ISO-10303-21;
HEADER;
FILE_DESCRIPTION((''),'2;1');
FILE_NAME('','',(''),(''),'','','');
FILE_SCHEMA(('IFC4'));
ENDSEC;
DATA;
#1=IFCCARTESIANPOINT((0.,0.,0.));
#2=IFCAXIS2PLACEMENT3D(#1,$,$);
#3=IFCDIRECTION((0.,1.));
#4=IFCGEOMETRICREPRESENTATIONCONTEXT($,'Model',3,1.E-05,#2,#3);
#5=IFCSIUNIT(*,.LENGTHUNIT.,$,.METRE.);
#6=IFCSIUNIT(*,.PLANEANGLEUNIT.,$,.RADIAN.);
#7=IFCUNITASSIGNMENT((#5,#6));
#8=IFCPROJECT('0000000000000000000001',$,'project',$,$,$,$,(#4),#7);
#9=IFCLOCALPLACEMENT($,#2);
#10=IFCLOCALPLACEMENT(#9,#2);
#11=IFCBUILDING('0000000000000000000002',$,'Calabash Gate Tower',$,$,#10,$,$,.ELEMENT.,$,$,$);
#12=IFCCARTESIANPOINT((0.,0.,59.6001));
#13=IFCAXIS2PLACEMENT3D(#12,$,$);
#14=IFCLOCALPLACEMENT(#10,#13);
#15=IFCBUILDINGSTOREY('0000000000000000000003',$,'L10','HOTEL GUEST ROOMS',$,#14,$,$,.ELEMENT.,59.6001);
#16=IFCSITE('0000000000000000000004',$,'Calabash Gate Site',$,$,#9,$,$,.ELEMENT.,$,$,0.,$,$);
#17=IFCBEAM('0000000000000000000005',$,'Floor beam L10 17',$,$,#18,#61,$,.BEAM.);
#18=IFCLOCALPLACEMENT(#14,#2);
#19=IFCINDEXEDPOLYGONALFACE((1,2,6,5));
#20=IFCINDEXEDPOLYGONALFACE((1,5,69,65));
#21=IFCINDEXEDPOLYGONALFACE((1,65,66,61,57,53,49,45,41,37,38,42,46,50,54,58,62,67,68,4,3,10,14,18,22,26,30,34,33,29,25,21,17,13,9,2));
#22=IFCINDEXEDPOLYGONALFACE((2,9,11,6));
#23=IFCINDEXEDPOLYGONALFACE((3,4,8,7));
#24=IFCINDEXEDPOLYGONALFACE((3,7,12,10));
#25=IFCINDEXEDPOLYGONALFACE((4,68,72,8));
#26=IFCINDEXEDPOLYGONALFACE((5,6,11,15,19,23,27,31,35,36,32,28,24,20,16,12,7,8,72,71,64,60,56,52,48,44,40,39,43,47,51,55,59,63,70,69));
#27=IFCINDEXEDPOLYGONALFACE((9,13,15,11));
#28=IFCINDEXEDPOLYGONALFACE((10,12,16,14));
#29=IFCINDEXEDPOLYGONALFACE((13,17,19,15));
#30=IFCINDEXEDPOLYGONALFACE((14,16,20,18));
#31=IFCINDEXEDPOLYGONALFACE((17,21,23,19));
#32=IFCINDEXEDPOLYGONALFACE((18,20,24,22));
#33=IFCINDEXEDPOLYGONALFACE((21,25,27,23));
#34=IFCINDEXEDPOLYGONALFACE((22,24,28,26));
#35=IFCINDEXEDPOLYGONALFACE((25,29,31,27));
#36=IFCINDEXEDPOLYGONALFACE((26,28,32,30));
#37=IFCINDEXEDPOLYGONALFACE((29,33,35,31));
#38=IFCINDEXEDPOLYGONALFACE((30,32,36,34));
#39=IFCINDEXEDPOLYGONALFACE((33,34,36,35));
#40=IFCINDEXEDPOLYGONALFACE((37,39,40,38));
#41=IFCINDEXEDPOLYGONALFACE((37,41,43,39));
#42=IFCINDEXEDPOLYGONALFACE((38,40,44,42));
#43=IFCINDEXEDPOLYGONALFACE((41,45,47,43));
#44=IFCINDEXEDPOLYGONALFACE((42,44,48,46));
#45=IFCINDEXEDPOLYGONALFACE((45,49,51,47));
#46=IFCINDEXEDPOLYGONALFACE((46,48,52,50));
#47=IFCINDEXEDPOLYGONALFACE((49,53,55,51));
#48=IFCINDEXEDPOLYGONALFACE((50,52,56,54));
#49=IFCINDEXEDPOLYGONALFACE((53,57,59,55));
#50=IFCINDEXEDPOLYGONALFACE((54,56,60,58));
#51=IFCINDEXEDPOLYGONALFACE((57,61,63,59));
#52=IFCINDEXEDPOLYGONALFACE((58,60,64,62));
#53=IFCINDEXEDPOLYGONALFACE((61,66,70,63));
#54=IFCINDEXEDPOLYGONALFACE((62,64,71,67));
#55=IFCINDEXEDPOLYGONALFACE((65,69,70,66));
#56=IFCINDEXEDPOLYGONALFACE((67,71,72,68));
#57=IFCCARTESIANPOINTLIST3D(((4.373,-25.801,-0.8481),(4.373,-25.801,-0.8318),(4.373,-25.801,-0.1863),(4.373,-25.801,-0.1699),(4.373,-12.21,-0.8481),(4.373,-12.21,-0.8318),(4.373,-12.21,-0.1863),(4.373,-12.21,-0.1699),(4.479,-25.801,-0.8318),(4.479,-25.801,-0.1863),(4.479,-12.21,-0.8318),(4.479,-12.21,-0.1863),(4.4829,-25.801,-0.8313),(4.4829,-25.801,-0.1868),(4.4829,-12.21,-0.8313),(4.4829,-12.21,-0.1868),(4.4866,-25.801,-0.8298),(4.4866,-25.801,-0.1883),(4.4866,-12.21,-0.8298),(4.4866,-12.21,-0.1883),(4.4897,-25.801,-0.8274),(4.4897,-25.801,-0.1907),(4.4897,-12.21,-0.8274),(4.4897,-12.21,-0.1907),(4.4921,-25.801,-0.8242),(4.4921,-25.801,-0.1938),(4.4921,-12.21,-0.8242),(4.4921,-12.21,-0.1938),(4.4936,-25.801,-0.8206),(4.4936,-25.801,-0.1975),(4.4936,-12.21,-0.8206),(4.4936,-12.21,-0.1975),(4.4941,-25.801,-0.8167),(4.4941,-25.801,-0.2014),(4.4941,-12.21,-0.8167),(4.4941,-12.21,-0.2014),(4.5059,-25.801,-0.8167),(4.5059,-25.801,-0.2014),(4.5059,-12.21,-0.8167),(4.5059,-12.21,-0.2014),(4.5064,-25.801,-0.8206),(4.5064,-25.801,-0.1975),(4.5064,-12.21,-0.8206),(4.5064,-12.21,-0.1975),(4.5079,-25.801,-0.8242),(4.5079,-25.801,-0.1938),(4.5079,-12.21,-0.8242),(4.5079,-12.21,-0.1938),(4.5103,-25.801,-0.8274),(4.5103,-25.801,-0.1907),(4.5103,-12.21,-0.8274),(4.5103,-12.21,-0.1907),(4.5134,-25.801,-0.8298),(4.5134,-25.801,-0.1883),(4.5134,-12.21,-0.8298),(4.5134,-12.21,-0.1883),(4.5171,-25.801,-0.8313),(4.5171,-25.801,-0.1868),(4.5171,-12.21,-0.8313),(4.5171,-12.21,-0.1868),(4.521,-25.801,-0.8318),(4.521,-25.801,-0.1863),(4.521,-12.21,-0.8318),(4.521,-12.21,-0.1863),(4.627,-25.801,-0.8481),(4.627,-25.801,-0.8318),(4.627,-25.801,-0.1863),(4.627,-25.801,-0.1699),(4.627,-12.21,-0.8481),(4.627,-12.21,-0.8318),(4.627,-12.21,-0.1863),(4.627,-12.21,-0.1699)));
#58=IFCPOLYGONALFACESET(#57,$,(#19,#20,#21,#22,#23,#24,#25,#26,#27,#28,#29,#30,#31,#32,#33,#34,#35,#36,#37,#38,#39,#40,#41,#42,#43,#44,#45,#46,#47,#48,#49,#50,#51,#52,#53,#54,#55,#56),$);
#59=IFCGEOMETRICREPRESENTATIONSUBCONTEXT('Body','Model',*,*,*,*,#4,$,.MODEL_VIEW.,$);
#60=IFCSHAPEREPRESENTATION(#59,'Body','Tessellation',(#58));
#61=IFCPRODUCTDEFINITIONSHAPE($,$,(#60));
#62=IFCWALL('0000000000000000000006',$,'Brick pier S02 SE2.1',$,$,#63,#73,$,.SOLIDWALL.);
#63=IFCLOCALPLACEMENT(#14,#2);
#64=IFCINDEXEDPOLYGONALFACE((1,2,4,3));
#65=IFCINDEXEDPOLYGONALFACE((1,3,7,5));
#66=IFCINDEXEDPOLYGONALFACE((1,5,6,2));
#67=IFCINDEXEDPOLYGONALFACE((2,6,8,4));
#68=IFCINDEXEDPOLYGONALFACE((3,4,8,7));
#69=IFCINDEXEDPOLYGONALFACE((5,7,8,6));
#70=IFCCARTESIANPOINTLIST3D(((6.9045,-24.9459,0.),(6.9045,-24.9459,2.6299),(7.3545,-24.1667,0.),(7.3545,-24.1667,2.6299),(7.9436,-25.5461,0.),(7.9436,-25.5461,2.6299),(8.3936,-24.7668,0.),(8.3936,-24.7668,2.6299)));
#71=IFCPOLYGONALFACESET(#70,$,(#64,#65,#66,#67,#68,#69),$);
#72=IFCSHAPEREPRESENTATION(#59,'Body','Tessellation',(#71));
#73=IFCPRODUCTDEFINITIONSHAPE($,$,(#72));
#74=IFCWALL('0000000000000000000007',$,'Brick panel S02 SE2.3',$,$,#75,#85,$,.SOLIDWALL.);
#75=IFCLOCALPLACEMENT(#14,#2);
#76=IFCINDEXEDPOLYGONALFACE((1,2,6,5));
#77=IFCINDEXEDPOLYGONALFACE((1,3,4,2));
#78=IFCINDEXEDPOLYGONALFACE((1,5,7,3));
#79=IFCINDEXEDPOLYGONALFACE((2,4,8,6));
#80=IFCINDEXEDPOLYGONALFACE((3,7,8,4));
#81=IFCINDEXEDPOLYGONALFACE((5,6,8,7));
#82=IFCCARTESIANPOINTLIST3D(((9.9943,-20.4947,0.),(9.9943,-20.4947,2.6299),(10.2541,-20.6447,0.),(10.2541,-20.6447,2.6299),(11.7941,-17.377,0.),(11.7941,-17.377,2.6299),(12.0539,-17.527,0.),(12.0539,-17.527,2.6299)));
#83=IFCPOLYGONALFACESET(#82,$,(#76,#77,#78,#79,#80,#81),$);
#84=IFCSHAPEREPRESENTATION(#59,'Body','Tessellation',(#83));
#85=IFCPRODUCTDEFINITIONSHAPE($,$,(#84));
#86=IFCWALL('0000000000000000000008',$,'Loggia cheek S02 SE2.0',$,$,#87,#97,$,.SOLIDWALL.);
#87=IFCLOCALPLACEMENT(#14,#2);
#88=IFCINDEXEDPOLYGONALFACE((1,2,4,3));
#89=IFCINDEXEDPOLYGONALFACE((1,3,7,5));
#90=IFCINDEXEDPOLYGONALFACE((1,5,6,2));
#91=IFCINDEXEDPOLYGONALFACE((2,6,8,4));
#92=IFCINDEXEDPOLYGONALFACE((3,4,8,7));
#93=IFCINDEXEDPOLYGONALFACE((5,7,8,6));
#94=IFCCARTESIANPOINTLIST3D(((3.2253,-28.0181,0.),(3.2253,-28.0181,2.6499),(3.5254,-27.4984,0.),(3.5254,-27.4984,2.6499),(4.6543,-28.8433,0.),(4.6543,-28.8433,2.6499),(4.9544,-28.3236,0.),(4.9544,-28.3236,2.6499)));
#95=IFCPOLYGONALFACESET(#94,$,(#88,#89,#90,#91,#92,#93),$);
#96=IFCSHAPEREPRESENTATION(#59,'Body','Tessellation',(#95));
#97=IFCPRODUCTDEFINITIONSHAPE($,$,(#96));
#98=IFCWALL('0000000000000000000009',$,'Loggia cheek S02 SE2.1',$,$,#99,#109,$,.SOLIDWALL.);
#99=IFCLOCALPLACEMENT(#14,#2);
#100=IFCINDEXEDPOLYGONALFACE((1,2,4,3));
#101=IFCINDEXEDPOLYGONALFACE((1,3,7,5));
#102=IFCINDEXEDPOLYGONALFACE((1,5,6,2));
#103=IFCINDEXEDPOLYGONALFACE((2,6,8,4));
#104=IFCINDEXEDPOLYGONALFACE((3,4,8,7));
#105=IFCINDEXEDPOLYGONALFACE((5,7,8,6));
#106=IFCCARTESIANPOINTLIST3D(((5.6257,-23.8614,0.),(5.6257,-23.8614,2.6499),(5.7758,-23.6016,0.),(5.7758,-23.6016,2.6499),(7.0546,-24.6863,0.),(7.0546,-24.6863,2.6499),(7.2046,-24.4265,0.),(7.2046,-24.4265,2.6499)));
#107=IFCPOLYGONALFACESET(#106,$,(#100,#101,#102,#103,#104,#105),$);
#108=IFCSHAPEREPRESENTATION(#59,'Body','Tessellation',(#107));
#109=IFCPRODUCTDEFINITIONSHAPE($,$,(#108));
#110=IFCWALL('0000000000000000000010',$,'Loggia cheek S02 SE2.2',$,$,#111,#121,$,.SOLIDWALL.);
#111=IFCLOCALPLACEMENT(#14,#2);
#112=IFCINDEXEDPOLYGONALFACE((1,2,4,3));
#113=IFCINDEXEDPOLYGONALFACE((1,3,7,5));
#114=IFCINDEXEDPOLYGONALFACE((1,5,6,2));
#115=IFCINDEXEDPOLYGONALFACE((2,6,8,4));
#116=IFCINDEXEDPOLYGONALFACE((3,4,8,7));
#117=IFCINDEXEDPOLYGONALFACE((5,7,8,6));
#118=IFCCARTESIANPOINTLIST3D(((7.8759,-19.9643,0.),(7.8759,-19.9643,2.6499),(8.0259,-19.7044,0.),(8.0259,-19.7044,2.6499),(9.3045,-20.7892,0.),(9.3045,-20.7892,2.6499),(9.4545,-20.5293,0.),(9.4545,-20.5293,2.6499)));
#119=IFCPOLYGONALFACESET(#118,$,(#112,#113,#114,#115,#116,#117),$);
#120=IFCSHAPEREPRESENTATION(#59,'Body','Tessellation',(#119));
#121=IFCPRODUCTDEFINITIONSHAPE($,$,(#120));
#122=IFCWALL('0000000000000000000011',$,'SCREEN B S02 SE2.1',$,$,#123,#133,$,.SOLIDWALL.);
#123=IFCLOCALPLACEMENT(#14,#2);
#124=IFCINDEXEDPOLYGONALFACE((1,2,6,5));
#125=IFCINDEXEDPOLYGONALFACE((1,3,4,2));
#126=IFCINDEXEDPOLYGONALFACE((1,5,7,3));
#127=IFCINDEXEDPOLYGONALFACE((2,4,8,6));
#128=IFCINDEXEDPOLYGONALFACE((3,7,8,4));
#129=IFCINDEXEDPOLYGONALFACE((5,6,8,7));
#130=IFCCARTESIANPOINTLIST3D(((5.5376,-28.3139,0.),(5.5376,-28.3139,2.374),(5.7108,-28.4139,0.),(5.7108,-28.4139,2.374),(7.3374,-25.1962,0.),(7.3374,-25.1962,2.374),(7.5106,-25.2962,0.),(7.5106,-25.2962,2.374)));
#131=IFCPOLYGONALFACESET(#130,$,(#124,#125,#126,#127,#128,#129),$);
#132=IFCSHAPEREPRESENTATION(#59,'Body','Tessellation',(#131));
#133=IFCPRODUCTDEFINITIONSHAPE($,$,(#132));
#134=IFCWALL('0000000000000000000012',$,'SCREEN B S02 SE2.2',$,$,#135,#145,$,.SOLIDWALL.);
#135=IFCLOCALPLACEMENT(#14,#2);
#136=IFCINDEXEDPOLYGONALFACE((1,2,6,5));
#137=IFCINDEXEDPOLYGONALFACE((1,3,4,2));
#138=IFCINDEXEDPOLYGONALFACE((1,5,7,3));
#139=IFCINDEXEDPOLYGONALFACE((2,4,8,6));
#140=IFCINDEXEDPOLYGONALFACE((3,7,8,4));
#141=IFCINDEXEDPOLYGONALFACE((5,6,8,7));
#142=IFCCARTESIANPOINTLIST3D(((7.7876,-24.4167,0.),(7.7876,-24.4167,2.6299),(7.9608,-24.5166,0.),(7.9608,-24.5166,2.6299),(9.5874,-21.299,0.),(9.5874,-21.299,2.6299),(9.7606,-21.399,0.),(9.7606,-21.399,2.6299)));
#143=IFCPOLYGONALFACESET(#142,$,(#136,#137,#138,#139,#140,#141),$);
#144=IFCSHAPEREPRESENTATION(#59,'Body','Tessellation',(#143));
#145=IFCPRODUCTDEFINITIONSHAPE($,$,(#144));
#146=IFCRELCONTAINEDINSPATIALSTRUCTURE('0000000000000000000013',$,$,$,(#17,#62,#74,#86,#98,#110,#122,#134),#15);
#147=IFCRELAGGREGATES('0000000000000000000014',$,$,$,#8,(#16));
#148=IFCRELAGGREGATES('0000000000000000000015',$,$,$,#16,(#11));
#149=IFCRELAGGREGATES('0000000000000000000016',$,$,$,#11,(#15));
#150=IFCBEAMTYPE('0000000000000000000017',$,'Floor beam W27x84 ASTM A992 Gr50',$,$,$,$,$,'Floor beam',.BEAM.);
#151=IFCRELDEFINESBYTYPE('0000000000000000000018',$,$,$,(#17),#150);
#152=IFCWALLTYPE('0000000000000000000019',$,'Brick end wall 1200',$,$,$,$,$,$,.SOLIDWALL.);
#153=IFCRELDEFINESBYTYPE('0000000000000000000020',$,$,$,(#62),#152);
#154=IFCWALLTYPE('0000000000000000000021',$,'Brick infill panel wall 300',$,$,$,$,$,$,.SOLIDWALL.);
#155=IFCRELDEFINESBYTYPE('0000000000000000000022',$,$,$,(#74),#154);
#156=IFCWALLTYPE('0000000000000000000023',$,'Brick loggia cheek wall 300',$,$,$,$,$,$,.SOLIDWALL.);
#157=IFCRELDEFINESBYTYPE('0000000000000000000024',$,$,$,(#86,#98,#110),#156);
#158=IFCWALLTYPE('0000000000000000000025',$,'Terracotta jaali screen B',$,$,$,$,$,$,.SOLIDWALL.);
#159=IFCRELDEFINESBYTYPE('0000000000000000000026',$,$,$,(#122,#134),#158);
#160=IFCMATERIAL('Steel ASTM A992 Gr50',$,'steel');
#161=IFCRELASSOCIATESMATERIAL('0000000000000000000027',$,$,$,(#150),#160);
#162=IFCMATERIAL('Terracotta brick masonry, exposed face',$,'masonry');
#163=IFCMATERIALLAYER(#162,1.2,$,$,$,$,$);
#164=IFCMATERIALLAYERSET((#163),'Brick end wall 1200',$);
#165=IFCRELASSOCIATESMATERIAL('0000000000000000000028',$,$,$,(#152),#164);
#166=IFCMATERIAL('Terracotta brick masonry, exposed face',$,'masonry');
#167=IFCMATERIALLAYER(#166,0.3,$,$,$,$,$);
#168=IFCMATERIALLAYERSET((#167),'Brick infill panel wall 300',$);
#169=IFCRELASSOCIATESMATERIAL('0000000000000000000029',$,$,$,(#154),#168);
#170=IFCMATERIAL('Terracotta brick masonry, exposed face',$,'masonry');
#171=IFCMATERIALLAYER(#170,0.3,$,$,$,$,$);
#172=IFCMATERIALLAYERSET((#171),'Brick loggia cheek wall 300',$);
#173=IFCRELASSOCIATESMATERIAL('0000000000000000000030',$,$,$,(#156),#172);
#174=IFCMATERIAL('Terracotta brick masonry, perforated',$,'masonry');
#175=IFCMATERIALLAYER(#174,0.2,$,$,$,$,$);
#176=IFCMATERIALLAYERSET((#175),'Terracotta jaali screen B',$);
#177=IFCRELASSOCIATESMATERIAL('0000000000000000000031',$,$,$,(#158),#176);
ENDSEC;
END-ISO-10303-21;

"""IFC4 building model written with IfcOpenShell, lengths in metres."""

from ifc_helpers import new_model, si_unit, direction, frame, frame_2d, origin, origin_2d, place, context, subcontext, project, spatial, rectangle, i_section, extrude, material, layer, layer_set, material_profile, profile_set, type_object, element, save


model = new_model("IFC4")

# Units and contexts
model_context = context("Model", 3, precision=1e-05, world=origin(), true_north=direction((0.0, 1.0)))
body_context = subcontext(model_context, "Body", "Model", "MODEL_VIEW")
ifc_project = project(units=[si_unit("LENGTHUNIT", "METRE"), si_unit("PLANEANGLEUNIT", "RADIAN")], contexts=[model_context])

# Site, building, storey
site_placement = place(None, origin())
site = spatial("IfcSite", under=ifc_project, at=site_placement, Name="Calabash Gate Site", CompositionType="ELEMENT", RefElevation=0.0)
building_placement = place(site_placement, origin())
building = spatial("IfcBuilding", under=site, at=building_placement, Name="Calabash Gate Tower", CompositionType="ELEMENT")
storey_placement = place(building_placement, frame((0.0, 0.0, 59.6001)))
storey = spatial("IfcBuildingStorey", under=building, at=storey_placement, Name="L10", Description="HOTEL GUEST ROOMS", CompositionType="ELEMENT", Elevation=59.6001)

# Beam
ifc_material_1 = material(Name="Steel ASTM A992 Gr50", Category="steel")
ifc_material_profile_1 = material_profile(ifc_material_1, i_section(OverallWidth=0.2539, OverallDepth=0.6782, WebThickness=0.0117, FlangeThickness=0.0164, FilletRadius=0.0151, at=origin_2d()))
ifc_profile_set_1 = profile_set([ifc_material_profile_1], Name="Steel ASTM A992 Gr50")
beam_type_1 = type_object("IfcBeamType", Name="Floor beam W27x84 ASTM A992 Gr50", ElementType="Floor beam", PredefinedType="BEAM", material=ifc_profile_set_1)
beam_1_placement = place(storey_placement, frame((4.5, -25.801, -0.509), z_axis=(0.0, 1.0, 0.0), x_axis=(-1.0, 0.0, 0.0)))
element("IfcBeam", 1, at=beam_1_placement, inside=storey, type_object=beam_type_1, Name="Floor beam L10 17", PredefinedType="BEAM", context=body_context, shape_type="SweptSolid", body=[
    extrude(i_section(OverallWidth=0.2539, OverallDepth=0.6782, WebThickness=0.0117, FlangeThickness=0.0164, FilletRadius=0.0151, at=origin_2d()), origin(), (0.0, 0.0, 1.0), 13.5911),
])

# Walls
ifc_material_2 = material(Name="Terracotta brick masonry, exposed face", Category="masonry")
ifc_layer_1 = layer(ifc_material_2, 1.2)
ifc_layer_set_1 = layer_set([ifc_layer_1], Name="Brick end wall 1200")
wall_type_1 = type_object("IfcWallType", Name="Brick end wall 1200", PredefinedType="SOLIDWALL", material=ifc_layer_set_1)
wall_1_placement = place(storey_placement, frame((8.1687, -25.1565, 0.0), z_axis=(0.0, 0.0, 1.0), x_axis=(-0.865955, 0.500122, 0.0)))
element("IfcWall", 2, at=wall_1_placement, inside=storey, type_object=wall_type_1, Name="Brick pier S02 SE2.1", PredefinedType="SOLIDWALL", context=body_context, shape_type="SweptSolid", body=[
    extrude(rectangle(XDim=1.2, YDim=0.8999, at=frame_2d((0.6001, 0.0))), origin(), (0.0, 0.0, 1.0), 2.6299),
])
ifc_material_3 = material(Name="Terracotta brick masonry, exposed face", Category="masonry")
ifc_layer_2 = layer(ifc_material_3, 0.3)
ifc_layer_set_2 = layer_set([ifc_layer_2], Name="Brick infill panel wall 300")
wall_type_2 = type_object("IfcWallType", Name="Brick infill panel wall 300", PredefinedType="SOLIDWALL", material=ifc_layer_set_2)
wall_2_placement = place(storey_placement, frame((10.1243, -20.5696, 0.0), z_axis=(0.0, 0.0, 1.0), x_axis=(0.499961, 0.866048, 0.0)))
element("IfcWall", 3, at=wall_2_placement, inside=storey, type_object=wall_type_2, Name="Brick panel S02 SE2.3", PredefinedType="SOLIDWALL", context=body_context, shape_type="SweptSolid", body=[
    extrude(rectangle(XDim=3.5999, YDim=0.3, at=frame_2d((1.7998, 0.0))), origin(), (0.0, 0.0, 1.0), 2.6299),
])
ifc_material_4 = material(Name="Terracotta brick masonry, exposed face", Category="masonry")
ifc_layer_3 = layer(ifc_material_4, 0.3)
ifc_layer_set_3 = layer_set([ifc_layer_3], Name="Brick loggia cheek wall 300")
wall_type_3 = type_object("IfcWallType", Name="Brick loggia cheek wall 300", PredefinedType="SOLIDWALL", material=ifc_layer_set_3)
wall_3_placement = place(storey_placement, frame((4.8044, -28.5835, 0.0), z_axis=(0.0, 0.0, 1.0), x_axis=(-0.865976, 0.500085, 0.0)))
element("IfcWall", 4, at=wall_3_placement, inside=storey, type_object=wall_type_3, Name="Loggia cheek S02 SE2.0", PredefinedType="SOLIDWALL", context=body_context, shape_type="SweptSolid", body=[
    extrude(rectangle(XDim=1.6501, YDim=0.6001, at=frame_2d((0.8252, 0.0))), origin(), (0.0, 0.0, 1.0), 2.6499),
])
wall_4_placement = place(storey_placement, frame((7.1296, -24.5564, 0.0), z_axis=(0.0, 0.0, 1.0), x_axis=(-0.86604, 0.499974, 0.0)))
element("IfcWall", 5, at=wall_4_placement, inside=storey, type_object=wall_type_3, Name="Loggia cheek S02 SE2.1", PredefinedType="SOLIDWALL", context=body_context, shape_type="SweptSolid", body=[
    extrude(rectangle(XDim=1.6499, YDim=0.3, at=frame_2d((0.825, 0.0))), origin(), (0.0, 0.0, 1.0), 2.6499),
])
wall_5_placement = place(storey_placement, frame((9.3794, -20.6592, 0.0), z_axis=(0.0, 0.0, 1.0), x_axis=(-0.866003, 0.500038, 0.0)))
element("IfcWall", 6, at=wall_5_placement, inside=storey, type_object=wall_type_3, Name="Loggia cheek S02 SE2.2", PredefinedType="SOLIDWALL", context=body_context, shape_type="SweptSolid", body=[
    extrude(rectangle(XDim=1.6497, YDim=0.3, at=frame_2d((0.8247, 0.0))), origin(), (0.0, 0.0, 1.0), 2.6499),
])
ifc_material_5 = material(Name="Terracotta brick masonry, perforated", Category="masonry")
ifc_layer_4 = layer(ifc_material_5, 0.2)
ifc_layer_set_4 = layer_set([ifc_layer_4], Name="Terracotta jaali screen B")
wall_type_4 = type_object("IfcWallType", Name="Terracotta jaali screen B", PredefinedType="SOLIDWALL", material=ifc_layer_set_4)
wall_6_placement = place(storey_placement, frame((5.6243, -28.3638, 0.0), z_axis=(0.0, 0.0, 1.0), x_axis=(0.499961, 0.866048, 0.0)))
element("IfcWall", 7, at=wall_6_placement, inside=storey, type_object=wall_type_4, Name="SCREEN B S02 SE2.1", PredefinedType="SOLIDWALL", context=body_context, shape_type="SweptSolid", body=[
    extrude(rectangle(XDim=3.5999, YDim=0.2, at=frame_2d((1.7998, 0.0))), origin(), (0.0, 0.0, 1.0), 2.374),
])
wall_7_placement = place(storey_placement, frame((7.8743, -24.4666, 0.0), z_axis=(0.0, 0.0, 1.0), x_axis=(0.499961, 0.866048, 0.0)))
element("IfcWall", 8, at=wall_7_placement, inside=storey, type_object=wall_type_4, Name="SCREEN B S02 SE2.2", PredefinedType="SOLIDWALL", context=body_context, shape_type="SweptSolid", body=[
    extrude(rectangle(XDim=3.5999, YDim=0.2, at=frame_2d((1.7998, 0.0))), origin(), (0.0, 0.0, 1.0), 2.6299),
])

save(model, "model.ifc")
